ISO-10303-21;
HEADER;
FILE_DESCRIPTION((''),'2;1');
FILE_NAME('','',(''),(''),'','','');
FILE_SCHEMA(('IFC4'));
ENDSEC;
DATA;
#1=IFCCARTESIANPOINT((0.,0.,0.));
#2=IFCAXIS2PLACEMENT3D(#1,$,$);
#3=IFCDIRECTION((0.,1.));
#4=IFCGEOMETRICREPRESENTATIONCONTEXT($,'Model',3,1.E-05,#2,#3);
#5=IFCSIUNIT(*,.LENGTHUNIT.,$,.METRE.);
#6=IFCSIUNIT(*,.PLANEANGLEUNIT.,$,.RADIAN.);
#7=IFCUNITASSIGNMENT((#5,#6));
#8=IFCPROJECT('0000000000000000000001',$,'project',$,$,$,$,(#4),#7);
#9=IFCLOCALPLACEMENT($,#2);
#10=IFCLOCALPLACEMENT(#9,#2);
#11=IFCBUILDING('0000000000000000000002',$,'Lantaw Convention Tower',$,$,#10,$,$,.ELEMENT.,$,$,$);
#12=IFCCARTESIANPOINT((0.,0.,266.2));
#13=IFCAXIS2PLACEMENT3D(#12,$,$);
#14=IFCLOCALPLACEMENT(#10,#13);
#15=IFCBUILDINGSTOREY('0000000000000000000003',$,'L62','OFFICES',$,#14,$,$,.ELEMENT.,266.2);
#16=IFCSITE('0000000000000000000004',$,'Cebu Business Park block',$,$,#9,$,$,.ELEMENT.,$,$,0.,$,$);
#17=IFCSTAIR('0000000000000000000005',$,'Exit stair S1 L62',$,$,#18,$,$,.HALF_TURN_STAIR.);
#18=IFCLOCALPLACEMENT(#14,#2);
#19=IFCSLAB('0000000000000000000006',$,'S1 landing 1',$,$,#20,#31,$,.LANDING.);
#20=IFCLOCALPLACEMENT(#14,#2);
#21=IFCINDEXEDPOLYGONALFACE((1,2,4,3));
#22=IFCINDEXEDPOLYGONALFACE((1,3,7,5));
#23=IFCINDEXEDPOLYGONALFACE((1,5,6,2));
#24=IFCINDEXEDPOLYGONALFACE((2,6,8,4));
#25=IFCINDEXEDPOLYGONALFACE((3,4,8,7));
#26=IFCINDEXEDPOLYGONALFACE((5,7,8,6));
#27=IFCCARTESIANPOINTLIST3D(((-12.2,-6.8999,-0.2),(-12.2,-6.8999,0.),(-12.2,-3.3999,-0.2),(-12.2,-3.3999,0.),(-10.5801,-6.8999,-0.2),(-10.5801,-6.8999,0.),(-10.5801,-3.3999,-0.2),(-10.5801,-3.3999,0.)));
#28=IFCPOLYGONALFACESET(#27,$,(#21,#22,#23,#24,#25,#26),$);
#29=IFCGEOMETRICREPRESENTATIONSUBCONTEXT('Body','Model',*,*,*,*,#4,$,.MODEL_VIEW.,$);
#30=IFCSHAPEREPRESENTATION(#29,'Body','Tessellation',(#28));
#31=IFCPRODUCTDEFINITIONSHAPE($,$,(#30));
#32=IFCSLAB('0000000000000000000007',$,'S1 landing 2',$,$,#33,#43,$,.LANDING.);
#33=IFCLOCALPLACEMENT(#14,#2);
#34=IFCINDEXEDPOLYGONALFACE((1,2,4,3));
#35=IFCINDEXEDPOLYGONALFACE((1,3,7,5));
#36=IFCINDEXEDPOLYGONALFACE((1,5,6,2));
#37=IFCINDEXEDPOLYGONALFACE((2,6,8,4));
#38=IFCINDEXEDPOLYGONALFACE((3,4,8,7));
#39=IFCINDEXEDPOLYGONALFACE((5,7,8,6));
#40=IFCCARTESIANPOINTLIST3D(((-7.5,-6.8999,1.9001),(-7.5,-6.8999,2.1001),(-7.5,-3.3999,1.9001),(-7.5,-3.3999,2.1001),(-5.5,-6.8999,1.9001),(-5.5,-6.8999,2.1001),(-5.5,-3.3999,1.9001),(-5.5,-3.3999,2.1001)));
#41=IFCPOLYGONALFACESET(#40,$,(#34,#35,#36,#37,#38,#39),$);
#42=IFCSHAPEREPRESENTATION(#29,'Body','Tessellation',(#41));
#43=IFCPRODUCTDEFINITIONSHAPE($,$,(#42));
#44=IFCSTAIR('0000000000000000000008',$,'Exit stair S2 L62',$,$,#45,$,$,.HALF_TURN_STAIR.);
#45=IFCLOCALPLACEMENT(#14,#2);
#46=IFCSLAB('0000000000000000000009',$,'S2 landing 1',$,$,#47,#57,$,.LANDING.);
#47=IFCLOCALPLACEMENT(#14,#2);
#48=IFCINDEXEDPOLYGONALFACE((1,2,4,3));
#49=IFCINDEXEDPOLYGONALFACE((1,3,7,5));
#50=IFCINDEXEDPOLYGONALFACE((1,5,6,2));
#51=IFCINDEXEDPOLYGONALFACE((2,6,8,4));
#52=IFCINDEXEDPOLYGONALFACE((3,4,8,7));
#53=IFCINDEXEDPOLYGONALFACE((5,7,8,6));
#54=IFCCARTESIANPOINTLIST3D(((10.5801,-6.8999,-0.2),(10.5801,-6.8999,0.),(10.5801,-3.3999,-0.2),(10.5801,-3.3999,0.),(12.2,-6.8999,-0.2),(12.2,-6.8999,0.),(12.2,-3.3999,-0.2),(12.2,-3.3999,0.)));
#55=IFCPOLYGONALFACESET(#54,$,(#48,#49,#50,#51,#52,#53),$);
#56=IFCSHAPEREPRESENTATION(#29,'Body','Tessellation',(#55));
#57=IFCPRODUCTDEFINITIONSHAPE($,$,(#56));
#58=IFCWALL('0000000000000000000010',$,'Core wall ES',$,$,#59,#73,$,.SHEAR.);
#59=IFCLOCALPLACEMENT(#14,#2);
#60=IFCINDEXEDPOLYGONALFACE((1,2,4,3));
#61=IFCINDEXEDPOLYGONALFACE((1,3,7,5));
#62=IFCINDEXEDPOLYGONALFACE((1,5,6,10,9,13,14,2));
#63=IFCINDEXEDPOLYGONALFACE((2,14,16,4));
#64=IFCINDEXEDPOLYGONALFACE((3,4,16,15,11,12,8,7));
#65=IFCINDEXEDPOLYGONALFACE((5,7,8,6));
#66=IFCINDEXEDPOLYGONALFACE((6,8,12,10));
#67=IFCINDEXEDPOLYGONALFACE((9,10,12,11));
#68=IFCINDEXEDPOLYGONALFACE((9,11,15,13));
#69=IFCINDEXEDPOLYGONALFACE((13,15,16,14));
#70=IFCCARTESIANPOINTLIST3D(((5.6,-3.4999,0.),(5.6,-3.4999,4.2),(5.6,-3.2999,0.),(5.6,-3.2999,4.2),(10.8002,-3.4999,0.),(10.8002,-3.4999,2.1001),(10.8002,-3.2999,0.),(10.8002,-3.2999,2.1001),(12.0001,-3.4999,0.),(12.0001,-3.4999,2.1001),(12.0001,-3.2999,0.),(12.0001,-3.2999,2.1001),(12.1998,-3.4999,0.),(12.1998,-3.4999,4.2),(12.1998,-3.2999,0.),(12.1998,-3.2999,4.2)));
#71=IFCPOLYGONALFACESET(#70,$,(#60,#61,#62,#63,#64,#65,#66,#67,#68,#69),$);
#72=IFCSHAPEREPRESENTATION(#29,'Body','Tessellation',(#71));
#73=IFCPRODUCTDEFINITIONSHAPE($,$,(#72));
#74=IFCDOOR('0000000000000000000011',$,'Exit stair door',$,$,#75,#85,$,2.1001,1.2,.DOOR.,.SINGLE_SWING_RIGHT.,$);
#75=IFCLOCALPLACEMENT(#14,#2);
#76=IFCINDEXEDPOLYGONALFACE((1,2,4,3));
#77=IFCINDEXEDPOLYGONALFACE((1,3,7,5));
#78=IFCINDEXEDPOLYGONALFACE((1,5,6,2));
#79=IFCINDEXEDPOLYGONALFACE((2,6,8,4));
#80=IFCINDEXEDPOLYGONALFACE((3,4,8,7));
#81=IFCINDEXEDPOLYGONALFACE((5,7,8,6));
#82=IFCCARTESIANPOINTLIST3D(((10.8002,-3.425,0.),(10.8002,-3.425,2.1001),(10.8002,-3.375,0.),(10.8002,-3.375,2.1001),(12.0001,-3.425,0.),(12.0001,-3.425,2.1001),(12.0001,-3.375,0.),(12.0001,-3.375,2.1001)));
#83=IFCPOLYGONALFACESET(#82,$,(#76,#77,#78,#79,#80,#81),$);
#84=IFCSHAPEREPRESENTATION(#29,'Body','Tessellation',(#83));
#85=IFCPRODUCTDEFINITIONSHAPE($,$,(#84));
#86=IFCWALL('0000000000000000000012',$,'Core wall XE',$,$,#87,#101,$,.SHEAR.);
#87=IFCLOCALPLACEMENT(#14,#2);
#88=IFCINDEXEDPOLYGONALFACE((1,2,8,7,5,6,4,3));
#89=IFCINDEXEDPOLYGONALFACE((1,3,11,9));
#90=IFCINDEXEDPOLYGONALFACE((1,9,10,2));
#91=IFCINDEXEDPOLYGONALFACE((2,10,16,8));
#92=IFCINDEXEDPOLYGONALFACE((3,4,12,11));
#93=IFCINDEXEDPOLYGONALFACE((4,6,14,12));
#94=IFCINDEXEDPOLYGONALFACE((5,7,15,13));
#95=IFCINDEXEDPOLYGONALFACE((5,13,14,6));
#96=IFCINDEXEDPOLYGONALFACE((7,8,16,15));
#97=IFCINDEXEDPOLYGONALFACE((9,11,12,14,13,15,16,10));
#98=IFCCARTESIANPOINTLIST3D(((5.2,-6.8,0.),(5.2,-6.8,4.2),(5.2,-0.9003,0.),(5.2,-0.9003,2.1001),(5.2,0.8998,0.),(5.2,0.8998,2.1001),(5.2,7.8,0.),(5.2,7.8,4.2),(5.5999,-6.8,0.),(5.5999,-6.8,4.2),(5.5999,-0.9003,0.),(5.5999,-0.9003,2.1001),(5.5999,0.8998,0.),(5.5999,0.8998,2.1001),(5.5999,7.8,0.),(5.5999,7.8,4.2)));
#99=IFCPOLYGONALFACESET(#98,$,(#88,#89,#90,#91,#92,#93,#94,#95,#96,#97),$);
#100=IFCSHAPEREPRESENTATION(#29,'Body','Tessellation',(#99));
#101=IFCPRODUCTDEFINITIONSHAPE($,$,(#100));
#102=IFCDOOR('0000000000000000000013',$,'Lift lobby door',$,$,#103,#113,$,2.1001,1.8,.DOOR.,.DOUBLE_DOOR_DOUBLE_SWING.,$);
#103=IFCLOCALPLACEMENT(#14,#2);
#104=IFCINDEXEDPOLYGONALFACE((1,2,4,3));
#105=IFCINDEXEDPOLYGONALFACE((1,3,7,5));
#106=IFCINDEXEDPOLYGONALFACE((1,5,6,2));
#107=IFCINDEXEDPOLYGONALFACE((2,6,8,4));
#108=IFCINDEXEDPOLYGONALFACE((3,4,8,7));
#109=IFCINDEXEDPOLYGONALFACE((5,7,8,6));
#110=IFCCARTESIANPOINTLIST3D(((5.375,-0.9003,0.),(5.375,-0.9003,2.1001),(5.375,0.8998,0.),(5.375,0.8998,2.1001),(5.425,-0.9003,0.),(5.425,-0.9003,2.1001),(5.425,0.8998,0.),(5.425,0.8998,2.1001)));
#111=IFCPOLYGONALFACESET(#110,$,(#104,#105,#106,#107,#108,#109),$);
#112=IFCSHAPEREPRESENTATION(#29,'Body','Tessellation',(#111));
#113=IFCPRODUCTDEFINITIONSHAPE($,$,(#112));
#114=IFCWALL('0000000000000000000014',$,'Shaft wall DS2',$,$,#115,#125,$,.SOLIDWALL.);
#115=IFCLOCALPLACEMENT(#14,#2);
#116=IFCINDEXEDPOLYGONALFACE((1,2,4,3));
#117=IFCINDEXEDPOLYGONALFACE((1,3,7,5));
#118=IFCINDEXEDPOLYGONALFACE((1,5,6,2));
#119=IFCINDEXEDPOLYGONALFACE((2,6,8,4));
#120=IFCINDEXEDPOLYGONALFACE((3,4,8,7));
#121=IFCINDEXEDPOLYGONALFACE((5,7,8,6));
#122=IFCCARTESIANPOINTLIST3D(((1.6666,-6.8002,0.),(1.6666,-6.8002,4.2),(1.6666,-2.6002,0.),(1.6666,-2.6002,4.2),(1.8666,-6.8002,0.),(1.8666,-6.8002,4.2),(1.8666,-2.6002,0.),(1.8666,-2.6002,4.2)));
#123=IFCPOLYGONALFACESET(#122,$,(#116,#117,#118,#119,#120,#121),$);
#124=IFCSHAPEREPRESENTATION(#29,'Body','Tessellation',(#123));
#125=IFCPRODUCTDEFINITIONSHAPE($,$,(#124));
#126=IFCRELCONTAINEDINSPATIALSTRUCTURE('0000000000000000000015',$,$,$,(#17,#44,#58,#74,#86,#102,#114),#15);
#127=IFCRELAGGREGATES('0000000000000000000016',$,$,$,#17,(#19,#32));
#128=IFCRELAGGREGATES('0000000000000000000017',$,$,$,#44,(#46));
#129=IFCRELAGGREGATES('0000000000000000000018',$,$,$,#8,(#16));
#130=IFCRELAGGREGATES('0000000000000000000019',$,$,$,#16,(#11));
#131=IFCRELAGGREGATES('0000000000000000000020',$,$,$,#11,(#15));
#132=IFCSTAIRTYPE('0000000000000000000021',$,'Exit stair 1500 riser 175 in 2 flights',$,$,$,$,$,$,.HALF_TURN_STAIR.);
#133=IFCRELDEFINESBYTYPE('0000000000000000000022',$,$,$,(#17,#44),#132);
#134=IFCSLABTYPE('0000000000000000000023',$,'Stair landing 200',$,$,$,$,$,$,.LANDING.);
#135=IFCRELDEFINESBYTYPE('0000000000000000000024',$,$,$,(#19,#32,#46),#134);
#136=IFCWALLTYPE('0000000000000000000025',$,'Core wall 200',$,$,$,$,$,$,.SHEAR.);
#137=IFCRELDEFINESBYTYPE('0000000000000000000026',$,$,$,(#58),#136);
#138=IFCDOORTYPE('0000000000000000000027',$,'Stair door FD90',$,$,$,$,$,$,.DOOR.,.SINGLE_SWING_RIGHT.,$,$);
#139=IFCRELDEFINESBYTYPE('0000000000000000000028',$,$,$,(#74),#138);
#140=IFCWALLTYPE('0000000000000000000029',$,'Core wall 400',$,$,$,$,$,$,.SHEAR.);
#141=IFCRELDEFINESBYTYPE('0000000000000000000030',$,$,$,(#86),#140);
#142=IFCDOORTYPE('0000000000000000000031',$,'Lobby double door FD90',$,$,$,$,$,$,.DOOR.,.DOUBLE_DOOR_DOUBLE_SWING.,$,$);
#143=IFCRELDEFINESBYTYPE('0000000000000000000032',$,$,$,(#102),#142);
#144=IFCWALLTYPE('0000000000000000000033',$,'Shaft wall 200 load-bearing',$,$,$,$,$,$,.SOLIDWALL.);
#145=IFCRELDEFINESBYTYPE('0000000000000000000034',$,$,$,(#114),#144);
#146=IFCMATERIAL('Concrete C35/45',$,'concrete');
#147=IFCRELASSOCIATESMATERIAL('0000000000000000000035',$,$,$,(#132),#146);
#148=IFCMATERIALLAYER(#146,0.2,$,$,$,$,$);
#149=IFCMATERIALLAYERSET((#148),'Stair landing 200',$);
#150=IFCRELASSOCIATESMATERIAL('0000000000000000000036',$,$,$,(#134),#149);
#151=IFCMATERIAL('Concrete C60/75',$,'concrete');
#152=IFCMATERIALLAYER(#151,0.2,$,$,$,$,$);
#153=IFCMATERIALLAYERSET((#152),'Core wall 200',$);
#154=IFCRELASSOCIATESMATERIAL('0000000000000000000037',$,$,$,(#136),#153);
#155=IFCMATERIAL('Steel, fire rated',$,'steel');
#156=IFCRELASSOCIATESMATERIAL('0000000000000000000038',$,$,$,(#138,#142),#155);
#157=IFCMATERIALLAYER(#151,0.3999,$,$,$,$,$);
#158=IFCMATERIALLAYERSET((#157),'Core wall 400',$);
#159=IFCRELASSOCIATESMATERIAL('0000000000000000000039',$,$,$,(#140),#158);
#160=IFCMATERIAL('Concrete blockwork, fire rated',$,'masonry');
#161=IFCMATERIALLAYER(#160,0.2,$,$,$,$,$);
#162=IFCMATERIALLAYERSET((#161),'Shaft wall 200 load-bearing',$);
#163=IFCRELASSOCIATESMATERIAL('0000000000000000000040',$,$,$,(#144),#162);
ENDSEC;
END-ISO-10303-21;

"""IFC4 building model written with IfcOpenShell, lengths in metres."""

from ifc_helpers import new_model, si_unit, direction, frame, frame_2d, origin, place, context, subcontext, project, spatial, polyline, rectangle, outline, extrude, material, layer, layer_set, type_object, element, fill, aggregate, save


model = new_model("IFC4")

# Units and contexts
model_context = context("Model", 3, precision=1e-05, world=origin(), true_north=direction((0.0, 1.0)))
body_context = subcontext(model_context, "Body", "Model", "MODEL_VIEW")
ifc_project = project(units=[si_unit("LENGTHUNIT", "METRE"), si_unit("PLANEANGLEUNIT", "RADIAN")], contexts=[model_context])

# Site, building, storey
site_placement = place(None, origin())
site = spatial("IfcSite", under=ifc_project, at=site_placement, Name="Cebu Business Park block", CompositionType="ELEMENT", RefElevation=0.0)
building_placement = place(site_placement, origin())
building = spatial("IfcBuilding", under=site, at=building_placement, Name="Lantaw Convention Tower", CompositionType="ELEMENT")
storey_placement = place(building_placement, frame((0.0, 0.0, 266.2)))
storey = spatial("IfcBuildingStorey", under=building, at=storey_placement, Name="L62", Description="OFFICES", CompositionType="ELEMENT", Elevation=266.2)

# Stair, slabs
ifc_material_1 = material(Name="Concrete C35/45", Category="concrete")
stair_type = type_object("IfcStairType", Name="Exit stair 1500 riser 175 in 2 flights", PredefinedType="HALF_TURN_STAIR", material=ifc_material_1)
stair_1_placement = place(storey_placement, origin())
stair_1 = element("IfcStair", 1, at=stair_1_placement, inside=storey, type_object=stair_type, Name="Exit stair S1 L62", PredefinedType="HALF_TURN_STAIR")
ifc_layer_1 = layer(ifc_material_1, 0.2)
ifc_layer_set_1 = layer_set([ifc_layer_1], Name="Stair landing 200")
slab_type = type_object("IfcSlabType", Name="Stair landing 200", PredefinedType="LANDING", material=ifc_layer_set_1)
slab_1_placement = place(storey_placement, frame((0.0, 0.0, -0.2)))
slab_1 = element("IfcSlab", 2, at=slab_1_placement, type_object=slab_type, Name="S1 landing 1", PredefinedType="LANDING", context=body_context, shape_type="SweptSolid", body=[
    extrude(outline(polyline([(-12.2, -6.8999), (-10.5801, -6.8999), (-10.5801, -3.3999), (-12.2, -3.3999), (-12.2, -6.8999)])), origin(), (0.0, 0.0, 1.0), 0.2),
])
slab_2_placement = place(storey_placement, frame((0.0, 0.0, 1.9001)))
slab_2 = element("IfcSlab", 3, at=slab_2_placement, type_object=slab_type, Name="S1 landing 2", PredefinedType="LANDING", context=body_context, shape_type="SweptSolid", body=[
    extrude(outline(polyline([(-7.5, -6.8999), (-5.5, -6.8999), (-5.5, -3.3999), (-7.5, -3.3999), (-7.5, -6.8999)])), origin(), (0.0, 0.0, 1.0), 0.2),
])
aggregate(stair_1, [slab_1, slab_2])

# Stair, slab
stair_2_placement = place(storey_placement, origin())
stair_2 = element("IfcStair", 4, at=stair_2_placement, inside=storey, type_object=stair_type, Name="Exit stair S2 L62", PredefinedType="HALF_TURN_STAIR")
slab_3_placement = place(storey_placement, frame((0.0, 0.0, -0.2)))
slab_3 = element("IfcSlab", 5, at=slab_3_placement, type_object=slab_type, Name="S2 landing 1", PredefinedType="LANDING", context=body_context, shape_type="SweptSolid", body=[
    extrude(outline(polyline([(10.5801, -6.8999), (12.2, -6.8999), (12.2, -3.3999), (10.5801, -3.3999), (10.5801, -6.8999)])), origin(), (0.0, 0.0, 1.0), 0.2),
])
aggregate(stair_2, [slab_3])

# Walls, openings, doors
ifc_material_2 = material(Name="Concrete C60/75", Category="concrete")
ifc_layer_2 = layer(ifc_material_2, 0.2)
ifc_layer_set_2 = layer_set([ifc_layer_2], Name="Core wall 200")
wall_type_1 = type_object("IfcWallType", Name="Core wall 200", PredefinedType="SHEAR", material=ifc_layer_set_2)
wall_1_placement = place(storey_placement, frame((5.6001, -3.3999, 0.0), z_axis=(0.0, 0.0, 1.0), x_axis=(1.0, 0.0, 0.0)))
wall_1 = element("IfcWall", 6, at=wall_1_placement, inside=storey, type_object=wall_type_1, Name="Core wall ES", PredefinedType="SHEAR", context=body_context, shape_type="SweptSolid", body=[
    extrude(rectangle(XDim=6.5999, YDim=0.2, at=frame_2d((3.2998, 0.0))), origin(), (0.0, 0.0, 1.0), 4.2),
])
opening_1_placement = place(wall_1_placement, frame((5.2, 0.0, 0.0)))
opening_1 = element("IfcOpeningElement", 7, at=opening_1_placement, cuts=wall_1, PredefinedType="OPENING", context=body_context, shape_type="SweptSolid", body=[
    extrude(rectangle(XDim=1.2, YDim=2.1001, at=frame_2d((0.6001, 1.05))), frame((0.0, 0.1099, 0.0), z_axis=(0.0, -1.0, 0.0), x_axis=(1.0, 0.0, 0.0)), (0.0, 0.0, 1.0), 0.22),
])
ifc_material_3 = material(Name="Steel, fire rated", Category="steel")
door_type_1 = type_object("IfcDoorType", Name="Stair door FD90", OperationType="SINGLE_SWING_RIGHT", PredefinedType="DOOR", material=ifc_material_3)
door_1_placement = place(opening_1_placement, origin())
door_1 = element("IfcDoor", 8, at=door_1_placement, inside=storey, type_object=door_type_1, Name="Exit stair door", OperationType="SINGLE_SWING_RIGHT", OverallHeight=2.1001, OverallWidth=1.2, PredefinedType="DOOR", context=body_context, shape_type="SweptSolid", body=[
    extrude(rectangle(XDim=1.2, YDim=2.1001, at=frame_2d((0.6001, 1.05))), frame((0.0, 0.0249, 0.0), z_axis=(0.0, -1.0, 0.0), x_axis=(1.0, 0.0, 0.0)), (0.0, 0.0, 1.0), 0.05),
])
fill(opening_1, door_1)
ifc_layer_3 = layer(ifc_material_2, 0.3999)
ifc_layer_set_3 = layer_set([ifc_layer_3], Name="Core wall 400")
wall_type_2 = type_object("IfcWallType", Name="Core wall 400", PredefinedType="SHEAR", material=ifc_layer_set_3)
wall_2_placement = place(storey_placement, frame((5.3999, -6.8, 0.0), z_axis=(0.0, 0.0, 1.0), x_axis=(0.0, 1.0, 0.0)))
wall_2 = element("IfcWall", 9, at=wall_2_placement, inside=storey, type_object=wall_type_2, Name="Core wall XE", PredefinedType="SHEAR", context=body_context, shape_type="SweptSolid", body=[
    extrude(rectangle(XDim=14.6001, YDim=0.3999, at=frame_2d((7.3, 0.0))), origin(), (0.0, 0.0, 1.0), 4.2),
])
opening_2_placement = place(wall_2_placement, frame((5.8999, 0.0, 0.0)))
opening_2 = element("IfcOpeningElement", 10, at=opening_2_placement, cuts=wall_2, PredefinedType="OPENING", context=body_context, shape_type="SweptSolid", body=[
    extrude(rectangle(XDim=1.8, YDim=2.1001, at=frame_2d((0.8999, 1.05))), frame((0.0, 0.21, 0.0), z_axis=(0.0, -1.0, 0.0), x_axis=(1.0, 0.0, 0.0)), (0.0, 0.0, 1.0), 0.4199),
])
door_type_2 = type_object("IfcDoorType", Name="Lobby double door FD90", OperationType="DOUBLE_DOOR_DOUBLE_SWING", PredefinedType="DOOR", material=ifc_material_3)
door_2_placement = place(opening_2_placement, origin())
door_2 = element("IfcDoor", 11, at=door_2_placement, inside=storey, type_object=door_type_2, Name="Lift lobby door", OperationType="DOUBLE_DOOR_DOUBLE_SWING", OverallHeight=2.1001, OverallWidth=1.8, PredefinedType="DOOR", context=body_context, shape_type="SweptSolid", body=[
    extrude(rectangle(XDim=1.8, YDim=2.1001, at=frame_2d((0.8999, 1.05))), frame((0.0, 0.0249, 0.0), z_axis=(0.0, -1.0, 0.0), x_axis=(1.0, 0.0, 0.0)), (0.0, 0.0, 1.0), 0.05),
])
fill(opening_2, door_2)

# Wall
ifc_material_4 = material(Name="Concrete blockwork, fire rated", Category="masonry")
ifc_layer_4 = layer(ifc_material_4, 0.2)
ifc_layer_set_4 = layer_set([ifc_layer_4], Name="Shaft wall 200 load-bearing")
wall_type_3 = type_object("IfcWallType", Name="Shaft wall 200 load-bearing", PredefinedType="SOLIDWALL", material=ifc_layer_set_4)
wall_3_placement = place(storey_placement, frame((1.7666, -2.6001, 0.0), z_axis=(0.0, 0.0, 1.0), x_axis=(0.0, -1.0, 0.0)))
element("IfcWall", 12, at=wall_3_placement, inside=storey, type_object=wall_type_3, Name="Shaft wall DS2", PredefinedType="SOLIDWALL", context=body_context, shape_type="SweptSolid", body=[
    extrude(rectangle(XDim=4.2, YDim=0.2, at=frame_2d((2.1001, 0.0))), origin(), (0.0, 0.0, 1.0), 4.2),
])

save(model, "model.ifc")
